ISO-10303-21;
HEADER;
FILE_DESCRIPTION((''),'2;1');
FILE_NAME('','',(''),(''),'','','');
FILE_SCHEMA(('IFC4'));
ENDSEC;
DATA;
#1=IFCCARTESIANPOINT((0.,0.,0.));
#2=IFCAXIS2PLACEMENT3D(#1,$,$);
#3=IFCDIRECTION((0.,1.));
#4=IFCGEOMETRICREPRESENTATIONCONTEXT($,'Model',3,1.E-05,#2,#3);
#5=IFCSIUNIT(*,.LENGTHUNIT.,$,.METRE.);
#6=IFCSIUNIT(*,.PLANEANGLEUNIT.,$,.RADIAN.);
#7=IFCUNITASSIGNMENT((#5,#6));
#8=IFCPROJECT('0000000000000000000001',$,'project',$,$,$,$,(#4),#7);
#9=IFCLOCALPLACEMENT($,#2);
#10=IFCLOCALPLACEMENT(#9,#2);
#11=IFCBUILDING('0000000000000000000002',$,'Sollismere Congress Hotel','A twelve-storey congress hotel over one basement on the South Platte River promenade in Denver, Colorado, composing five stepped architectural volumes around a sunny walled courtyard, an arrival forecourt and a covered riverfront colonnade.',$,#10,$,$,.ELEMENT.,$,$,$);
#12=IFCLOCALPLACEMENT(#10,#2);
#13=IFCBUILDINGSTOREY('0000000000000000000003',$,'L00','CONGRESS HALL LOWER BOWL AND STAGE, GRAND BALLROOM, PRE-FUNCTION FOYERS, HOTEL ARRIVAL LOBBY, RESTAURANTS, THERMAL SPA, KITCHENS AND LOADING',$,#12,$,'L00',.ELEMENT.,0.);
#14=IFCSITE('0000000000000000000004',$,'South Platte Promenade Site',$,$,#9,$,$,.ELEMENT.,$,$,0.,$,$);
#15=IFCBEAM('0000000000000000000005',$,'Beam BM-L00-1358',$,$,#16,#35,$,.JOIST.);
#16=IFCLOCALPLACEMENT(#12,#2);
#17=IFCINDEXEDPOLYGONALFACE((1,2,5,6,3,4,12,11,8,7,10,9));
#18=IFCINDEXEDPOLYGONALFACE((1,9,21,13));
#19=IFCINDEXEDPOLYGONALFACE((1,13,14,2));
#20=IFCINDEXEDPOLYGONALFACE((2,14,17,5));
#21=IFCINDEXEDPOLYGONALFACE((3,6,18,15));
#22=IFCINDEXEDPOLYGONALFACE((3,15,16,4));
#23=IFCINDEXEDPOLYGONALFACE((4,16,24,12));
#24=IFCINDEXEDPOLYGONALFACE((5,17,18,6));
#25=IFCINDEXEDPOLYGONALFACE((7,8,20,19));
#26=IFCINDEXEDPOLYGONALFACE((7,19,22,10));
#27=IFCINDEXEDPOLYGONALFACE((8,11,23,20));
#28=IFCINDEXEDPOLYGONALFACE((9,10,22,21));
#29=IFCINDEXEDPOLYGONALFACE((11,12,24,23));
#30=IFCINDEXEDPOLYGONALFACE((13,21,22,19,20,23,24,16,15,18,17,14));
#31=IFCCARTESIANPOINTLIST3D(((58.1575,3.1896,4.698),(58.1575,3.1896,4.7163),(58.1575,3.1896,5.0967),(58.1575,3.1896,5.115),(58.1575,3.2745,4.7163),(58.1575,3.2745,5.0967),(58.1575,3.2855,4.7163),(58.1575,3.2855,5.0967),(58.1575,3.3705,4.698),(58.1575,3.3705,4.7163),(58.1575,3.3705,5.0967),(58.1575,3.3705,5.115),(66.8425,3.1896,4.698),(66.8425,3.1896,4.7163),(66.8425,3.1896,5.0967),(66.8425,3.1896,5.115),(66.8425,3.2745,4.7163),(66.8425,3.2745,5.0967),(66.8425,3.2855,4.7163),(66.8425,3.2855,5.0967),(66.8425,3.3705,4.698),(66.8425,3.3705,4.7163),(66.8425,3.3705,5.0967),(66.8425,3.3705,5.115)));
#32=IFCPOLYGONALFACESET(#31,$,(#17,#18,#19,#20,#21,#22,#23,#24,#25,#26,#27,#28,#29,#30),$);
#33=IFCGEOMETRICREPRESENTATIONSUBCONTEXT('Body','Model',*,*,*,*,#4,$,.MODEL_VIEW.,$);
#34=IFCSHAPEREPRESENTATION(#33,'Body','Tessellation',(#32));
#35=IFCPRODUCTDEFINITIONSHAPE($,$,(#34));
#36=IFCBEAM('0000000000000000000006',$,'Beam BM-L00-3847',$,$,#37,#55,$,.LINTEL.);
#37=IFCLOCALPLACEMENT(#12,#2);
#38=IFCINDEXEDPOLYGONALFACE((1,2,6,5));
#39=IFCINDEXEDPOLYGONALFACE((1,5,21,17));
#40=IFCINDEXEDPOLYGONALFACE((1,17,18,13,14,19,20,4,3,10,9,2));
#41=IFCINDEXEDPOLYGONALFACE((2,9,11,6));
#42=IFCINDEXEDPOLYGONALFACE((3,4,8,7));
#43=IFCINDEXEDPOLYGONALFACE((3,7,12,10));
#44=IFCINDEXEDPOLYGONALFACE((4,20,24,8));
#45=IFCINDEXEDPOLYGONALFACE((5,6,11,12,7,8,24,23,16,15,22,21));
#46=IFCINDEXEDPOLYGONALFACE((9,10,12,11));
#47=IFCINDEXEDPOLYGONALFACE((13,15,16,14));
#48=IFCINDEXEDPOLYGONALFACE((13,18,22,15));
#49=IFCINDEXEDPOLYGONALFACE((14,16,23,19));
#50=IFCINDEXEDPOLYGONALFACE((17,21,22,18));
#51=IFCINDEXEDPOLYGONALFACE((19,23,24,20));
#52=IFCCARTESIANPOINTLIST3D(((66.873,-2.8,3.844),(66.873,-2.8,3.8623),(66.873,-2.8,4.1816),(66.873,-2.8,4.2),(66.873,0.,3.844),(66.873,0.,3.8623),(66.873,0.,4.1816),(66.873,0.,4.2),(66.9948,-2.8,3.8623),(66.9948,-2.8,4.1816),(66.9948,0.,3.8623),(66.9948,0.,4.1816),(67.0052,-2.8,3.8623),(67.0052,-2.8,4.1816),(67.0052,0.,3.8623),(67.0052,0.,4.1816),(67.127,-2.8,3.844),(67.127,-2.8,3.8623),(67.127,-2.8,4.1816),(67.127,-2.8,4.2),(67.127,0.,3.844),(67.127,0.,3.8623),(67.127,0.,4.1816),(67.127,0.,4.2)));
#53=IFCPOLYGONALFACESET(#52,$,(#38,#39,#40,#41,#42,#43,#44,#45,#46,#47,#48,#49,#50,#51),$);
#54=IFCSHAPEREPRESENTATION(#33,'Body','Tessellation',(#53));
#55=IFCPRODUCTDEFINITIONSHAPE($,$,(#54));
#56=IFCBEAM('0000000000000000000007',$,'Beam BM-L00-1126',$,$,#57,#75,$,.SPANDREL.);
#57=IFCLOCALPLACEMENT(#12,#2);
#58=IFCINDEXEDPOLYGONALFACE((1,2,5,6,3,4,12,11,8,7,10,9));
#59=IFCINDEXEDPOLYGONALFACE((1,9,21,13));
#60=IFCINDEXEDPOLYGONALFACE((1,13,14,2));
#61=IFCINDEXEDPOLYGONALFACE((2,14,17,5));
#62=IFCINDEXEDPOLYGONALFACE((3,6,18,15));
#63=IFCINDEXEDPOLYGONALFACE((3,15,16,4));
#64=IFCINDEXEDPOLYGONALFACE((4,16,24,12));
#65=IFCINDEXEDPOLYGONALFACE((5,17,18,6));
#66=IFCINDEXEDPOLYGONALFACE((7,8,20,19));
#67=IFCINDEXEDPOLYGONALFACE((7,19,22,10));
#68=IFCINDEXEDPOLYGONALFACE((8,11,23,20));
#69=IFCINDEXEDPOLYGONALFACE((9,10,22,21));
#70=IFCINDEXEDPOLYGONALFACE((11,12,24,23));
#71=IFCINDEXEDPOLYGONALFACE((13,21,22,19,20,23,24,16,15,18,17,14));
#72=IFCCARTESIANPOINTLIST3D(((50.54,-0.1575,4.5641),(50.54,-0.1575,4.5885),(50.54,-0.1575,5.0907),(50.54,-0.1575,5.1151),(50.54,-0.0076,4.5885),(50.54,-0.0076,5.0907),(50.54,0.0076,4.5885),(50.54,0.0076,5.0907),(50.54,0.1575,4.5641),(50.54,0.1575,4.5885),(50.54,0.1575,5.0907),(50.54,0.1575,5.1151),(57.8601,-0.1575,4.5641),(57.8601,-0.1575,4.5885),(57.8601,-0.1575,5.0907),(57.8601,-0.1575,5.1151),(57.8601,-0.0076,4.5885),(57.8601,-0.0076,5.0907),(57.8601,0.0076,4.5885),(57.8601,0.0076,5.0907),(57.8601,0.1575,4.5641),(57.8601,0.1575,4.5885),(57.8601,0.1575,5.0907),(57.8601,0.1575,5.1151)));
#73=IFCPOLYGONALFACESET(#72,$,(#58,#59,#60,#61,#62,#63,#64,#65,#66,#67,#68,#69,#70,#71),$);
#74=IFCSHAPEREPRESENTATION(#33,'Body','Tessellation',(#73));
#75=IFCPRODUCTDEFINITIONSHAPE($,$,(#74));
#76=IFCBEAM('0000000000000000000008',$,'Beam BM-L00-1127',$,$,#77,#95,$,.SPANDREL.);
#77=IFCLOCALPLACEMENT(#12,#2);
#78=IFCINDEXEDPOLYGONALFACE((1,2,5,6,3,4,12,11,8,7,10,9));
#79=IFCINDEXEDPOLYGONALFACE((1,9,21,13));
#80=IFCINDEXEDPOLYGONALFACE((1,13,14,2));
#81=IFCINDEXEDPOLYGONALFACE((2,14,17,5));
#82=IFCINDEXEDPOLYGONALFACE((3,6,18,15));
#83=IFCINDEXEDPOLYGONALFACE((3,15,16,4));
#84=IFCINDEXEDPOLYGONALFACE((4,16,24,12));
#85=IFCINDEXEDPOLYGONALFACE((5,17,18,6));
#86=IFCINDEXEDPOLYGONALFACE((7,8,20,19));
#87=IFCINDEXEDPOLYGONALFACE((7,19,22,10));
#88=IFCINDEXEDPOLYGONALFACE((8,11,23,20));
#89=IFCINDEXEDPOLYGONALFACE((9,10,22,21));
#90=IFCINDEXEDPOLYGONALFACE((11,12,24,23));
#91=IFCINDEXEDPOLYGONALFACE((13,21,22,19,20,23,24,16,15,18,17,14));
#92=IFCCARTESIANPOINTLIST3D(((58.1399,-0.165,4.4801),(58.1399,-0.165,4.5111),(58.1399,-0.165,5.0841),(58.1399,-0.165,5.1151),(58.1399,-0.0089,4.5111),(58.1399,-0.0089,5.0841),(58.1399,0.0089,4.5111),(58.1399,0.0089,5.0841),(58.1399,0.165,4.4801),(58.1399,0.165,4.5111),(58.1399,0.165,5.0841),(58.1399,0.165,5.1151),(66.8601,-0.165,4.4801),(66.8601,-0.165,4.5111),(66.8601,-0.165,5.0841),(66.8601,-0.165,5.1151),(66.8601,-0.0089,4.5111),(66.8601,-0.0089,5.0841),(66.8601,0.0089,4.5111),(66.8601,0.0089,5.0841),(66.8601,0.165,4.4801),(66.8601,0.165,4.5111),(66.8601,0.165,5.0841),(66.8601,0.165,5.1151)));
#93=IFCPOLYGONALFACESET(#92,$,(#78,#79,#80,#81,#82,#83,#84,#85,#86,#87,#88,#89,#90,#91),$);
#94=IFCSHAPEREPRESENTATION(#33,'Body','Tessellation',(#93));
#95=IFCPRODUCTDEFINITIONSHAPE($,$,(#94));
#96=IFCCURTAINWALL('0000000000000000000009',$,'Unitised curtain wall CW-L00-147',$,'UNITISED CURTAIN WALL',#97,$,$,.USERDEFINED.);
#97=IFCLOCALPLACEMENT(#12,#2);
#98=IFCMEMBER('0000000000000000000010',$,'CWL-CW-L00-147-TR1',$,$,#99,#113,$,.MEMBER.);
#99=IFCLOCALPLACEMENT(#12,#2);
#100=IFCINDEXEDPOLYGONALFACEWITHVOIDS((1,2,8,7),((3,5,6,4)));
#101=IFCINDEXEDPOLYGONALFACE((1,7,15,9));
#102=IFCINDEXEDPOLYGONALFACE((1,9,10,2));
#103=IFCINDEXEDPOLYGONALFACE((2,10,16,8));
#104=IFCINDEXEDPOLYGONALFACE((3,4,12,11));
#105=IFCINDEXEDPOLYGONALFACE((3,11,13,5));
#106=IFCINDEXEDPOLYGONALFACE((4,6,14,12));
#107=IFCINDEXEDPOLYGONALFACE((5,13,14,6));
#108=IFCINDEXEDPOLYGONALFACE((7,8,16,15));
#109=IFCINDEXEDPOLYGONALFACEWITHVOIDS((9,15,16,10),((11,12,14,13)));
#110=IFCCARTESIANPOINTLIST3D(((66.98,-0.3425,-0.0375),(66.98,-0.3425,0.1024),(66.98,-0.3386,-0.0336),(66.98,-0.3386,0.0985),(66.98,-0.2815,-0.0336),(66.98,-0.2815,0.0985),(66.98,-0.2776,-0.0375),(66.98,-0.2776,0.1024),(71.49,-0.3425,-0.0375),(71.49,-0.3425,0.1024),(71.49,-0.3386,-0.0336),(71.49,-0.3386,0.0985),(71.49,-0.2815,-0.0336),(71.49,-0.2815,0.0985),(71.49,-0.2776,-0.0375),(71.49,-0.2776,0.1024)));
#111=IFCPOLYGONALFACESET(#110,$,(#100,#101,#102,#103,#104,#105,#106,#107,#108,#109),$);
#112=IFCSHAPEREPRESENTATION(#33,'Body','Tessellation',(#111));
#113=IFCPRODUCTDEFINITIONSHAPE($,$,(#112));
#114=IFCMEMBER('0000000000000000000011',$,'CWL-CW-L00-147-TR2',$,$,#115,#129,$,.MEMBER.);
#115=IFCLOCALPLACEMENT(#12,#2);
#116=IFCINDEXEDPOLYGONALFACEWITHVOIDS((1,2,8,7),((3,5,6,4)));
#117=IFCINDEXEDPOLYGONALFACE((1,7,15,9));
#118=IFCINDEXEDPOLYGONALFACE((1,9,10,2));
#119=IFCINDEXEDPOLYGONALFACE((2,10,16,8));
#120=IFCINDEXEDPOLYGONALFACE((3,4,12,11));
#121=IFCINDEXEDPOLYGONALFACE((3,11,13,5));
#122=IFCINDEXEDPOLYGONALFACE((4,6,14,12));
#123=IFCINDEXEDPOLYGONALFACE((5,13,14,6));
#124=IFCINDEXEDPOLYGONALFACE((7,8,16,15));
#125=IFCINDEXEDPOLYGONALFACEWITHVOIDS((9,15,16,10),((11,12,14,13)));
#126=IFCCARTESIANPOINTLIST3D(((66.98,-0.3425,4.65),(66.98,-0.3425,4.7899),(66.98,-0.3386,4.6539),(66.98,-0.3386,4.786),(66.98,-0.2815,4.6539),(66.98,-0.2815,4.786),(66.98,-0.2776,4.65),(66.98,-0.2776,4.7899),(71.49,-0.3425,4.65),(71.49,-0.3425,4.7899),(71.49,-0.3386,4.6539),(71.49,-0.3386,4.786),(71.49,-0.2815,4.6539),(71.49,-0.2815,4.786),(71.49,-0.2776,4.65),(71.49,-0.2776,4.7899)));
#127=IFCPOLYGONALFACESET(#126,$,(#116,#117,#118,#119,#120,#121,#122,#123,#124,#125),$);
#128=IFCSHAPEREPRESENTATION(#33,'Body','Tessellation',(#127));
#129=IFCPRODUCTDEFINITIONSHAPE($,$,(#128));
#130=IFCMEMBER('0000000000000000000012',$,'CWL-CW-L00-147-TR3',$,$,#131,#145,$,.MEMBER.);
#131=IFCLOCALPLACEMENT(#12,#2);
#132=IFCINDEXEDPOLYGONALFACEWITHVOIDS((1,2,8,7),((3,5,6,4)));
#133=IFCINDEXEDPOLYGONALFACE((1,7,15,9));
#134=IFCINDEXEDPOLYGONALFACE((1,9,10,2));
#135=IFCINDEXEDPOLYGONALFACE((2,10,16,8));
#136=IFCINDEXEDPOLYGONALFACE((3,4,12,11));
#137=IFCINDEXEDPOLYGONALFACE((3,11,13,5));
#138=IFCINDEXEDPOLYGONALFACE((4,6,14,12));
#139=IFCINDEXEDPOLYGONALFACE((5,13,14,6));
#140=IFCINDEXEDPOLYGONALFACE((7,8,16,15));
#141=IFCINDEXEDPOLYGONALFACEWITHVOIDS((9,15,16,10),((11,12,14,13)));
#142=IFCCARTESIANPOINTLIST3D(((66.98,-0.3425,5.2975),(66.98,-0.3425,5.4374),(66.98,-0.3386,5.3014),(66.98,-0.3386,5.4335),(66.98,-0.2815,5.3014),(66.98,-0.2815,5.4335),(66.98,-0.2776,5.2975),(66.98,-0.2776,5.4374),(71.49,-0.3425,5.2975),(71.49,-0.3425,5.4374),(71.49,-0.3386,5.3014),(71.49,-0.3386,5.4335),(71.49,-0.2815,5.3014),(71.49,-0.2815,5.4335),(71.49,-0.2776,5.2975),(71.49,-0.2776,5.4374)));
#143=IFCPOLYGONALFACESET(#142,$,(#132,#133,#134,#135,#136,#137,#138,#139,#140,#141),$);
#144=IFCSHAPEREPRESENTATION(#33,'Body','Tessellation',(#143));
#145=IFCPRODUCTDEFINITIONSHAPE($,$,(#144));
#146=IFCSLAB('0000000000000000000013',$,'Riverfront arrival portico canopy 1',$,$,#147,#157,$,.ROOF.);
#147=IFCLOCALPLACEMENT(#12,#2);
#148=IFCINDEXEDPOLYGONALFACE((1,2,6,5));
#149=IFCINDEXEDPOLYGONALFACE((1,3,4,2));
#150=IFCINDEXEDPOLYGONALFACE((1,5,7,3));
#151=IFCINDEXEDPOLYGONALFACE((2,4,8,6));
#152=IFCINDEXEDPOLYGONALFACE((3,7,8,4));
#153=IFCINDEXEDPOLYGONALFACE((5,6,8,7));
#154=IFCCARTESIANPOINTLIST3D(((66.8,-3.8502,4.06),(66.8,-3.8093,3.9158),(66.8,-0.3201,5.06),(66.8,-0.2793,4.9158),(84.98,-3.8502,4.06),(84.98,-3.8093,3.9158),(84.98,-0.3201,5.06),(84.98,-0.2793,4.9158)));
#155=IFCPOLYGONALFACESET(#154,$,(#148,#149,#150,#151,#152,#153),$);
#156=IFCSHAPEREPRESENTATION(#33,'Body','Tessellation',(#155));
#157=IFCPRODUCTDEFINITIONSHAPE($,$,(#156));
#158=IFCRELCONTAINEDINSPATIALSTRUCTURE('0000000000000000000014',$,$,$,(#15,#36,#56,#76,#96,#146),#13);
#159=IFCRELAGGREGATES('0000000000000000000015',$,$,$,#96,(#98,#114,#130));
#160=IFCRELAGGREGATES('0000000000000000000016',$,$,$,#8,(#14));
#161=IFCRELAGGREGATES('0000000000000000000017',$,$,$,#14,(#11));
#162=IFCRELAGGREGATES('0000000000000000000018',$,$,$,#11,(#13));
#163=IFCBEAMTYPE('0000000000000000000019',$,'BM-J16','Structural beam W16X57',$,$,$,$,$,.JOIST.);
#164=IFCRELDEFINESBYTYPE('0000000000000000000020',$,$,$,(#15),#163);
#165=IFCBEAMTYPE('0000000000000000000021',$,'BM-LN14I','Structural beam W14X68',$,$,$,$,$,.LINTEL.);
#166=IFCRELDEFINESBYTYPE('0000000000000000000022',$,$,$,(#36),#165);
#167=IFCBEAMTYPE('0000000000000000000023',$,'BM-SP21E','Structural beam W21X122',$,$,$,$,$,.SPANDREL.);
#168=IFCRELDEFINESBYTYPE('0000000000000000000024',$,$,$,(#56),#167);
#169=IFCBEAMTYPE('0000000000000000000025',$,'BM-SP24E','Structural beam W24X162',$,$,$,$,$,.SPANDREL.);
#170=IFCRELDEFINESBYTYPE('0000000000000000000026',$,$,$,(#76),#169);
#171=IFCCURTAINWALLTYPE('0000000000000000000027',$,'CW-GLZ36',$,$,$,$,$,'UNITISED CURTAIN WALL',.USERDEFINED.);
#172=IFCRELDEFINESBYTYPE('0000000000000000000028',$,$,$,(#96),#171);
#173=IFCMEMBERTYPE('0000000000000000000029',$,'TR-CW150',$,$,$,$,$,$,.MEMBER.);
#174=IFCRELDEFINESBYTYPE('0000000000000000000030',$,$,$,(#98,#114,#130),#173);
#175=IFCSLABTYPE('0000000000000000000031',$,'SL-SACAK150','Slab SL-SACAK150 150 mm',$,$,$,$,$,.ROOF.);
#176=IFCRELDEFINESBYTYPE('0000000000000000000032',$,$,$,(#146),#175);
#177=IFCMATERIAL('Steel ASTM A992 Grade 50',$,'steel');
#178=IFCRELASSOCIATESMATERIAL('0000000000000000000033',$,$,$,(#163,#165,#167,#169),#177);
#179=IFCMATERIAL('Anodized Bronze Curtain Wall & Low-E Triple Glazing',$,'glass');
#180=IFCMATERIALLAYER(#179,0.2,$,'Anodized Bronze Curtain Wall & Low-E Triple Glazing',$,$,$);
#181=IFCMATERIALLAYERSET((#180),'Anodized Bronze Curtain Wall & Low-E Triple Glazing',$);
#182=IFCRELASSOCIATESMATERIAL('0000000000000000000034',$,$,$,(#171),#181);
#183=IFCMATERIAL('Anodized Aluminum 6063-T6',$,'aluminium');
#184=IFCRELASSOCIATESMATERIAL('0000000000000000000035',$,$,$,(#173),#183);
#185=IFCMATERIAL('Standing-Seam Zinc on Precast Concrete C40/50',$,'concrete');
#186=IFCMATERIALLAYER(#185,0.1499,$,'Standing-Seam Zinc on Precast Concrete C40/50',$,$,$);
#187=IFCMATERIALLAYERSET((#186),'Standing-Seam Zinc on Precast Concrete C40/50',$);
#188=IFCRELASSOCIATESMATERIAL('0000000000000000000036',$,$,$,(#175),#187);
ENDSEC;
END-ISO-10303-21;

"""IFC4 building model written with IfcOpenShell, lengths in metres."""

from ifc_helpers import new_model, si_unit, direction, frame, origin, origin_2d, place, context, subcontext, project, spatial, polyline, hollow_rectangle, i_section, outline, extrude, material, layer, layer_set, material_profile, profile_set, type_object, element, aggregate, save


model = new_model("IFC4")

# Units and contexts
model_context = context("Model", 3, precision=1e-05, world=origin(), true_north=direction((0.0, 1.0)))
body_context = subcontext(model_context, "Body", "Model", "MODEL_VIEW")
ifc_project = project(units=[si_unit("LENGTHUNIT", "METRE"), si_unit("PLANEANGLEUNIT", "RADIAN")], contexts=[model_context])

# Site, building, storey
site_placement = place(None, origin())
site = spatial("IfcSite", under=ifc_project, at=site_placement, Name="South Platte Promenade Site", CompositionType="ELEMENT", RefElevation=0.0)
building_placement = place(site_placement, origin())
building = spatial("IfcBuilding", under=site, at=building_placement, Name="Sollismere Congress Hotel", Description="A twelve-storey congress hotel over one basement on the South Platte River promenade in Denver, Colorado, composing five stepped architectural volumes around a sunny walled courtyard, an arrival forecourt and a covered riverfront colonnade.", CompositionType="ELEMENT")
storey_placement = place(building_placement, origin())
storey = spatial("IfcBuildingStorey", under=building, at=storey_placement, Name="L00", Description="CONGRESS HALL LOWER BOWL AND STAGE, GRAND BALLROOM, PRE-FUNCTION FOYERS, HOTEL ARRIVAL LOBBY, RESTAURANTS, THERMAL SPA, KITCHENS AND LOADING", LongName="L00", CompositionType="ELEMENT", Elevation=0.0)

# Shared definitions
ifc_material_1 = material(Name="Steel ASTM A992 Grade 50", Category="steel")

# Beams
ifc_material_profile_1 = material_profile(ifc_material_1, i_section(OverallWidth=0.1809, OverallDepth=0.417, WebThickness=0.011, FlangeThickness=0.0183, at=origin_2d()), Name="W16X57")
ifc_profile_set_1 = profile_set([ifc_material_profile_1], Name="Steel ASTM A992 Grade 50")
beam_type_1 = type_object("IfcBeamType", Name="BM-J16", Description="Structural beam W16X57", PredefinedType="JOIST", material=ifc_profile_set_1)
for number, where, z_axis, x_axis, name in (
    (1, (58.1575, 3.28, 4.9065), (1.0, 0.0, 0.0), (0.0, 1.0, 0.0), "Beam BM-L00-1358"),
):
    element("IfcBeam", number, at=place(storey_placement, frame(where, z_axis=z_axis, x_axis=x_axis)), inside=storey, type_object=beam_type_1, Name=name, PredefinedType="JOIST", context=body_context, shape_type="SweptSolid", body=[
        extrude(i_section(OverallWidth=0.1809, OverallDepth=0.417, WebThickness=0.011, FlangeThickness=0.0183, at=origin_2d()), origin(), (0.0, 0.0, 1.0), 8.6851),
    ])
ifc_material_profile_2 = material_profile(ifc_material_1, i_section(OverallWidth=0.2539, OverallDepth=0.356, WebThickness=0.0105, FlangeThickness=0.0183, at=origin_2d()), Name="W14X68")
ifc_profile_set_2 = profile_set([ifc_material_profile_2], Name="Steel ASTM A992 Grade 50")
beam_type_2 = type_object("IfcBeamType", Name="BM-LN14I", Description="Structural beam W14X68", PredefinedType="LINTEL", material=ifc_profile_set_2)
beam_1_placement = place(storey_placement, frame((67.0, -2.8, 4.022), z_axis=(0.0, 1.0, 0.0), x_axis=(-1.0, 0.0, 0.0)))
element("IfcBeam", 2, at=beam_1_placement, inside=storey, type_object=beam_type_2, Name="Beam BM-L00-3847", PredefinedType="LINTEL", context=body_context, shape_type="SweptSolid", body=[
    extrude(i_section(OverallWidth=0.2539, OverallDepth=0.356, WebThickness=0.0105, FlangeThickness=0.0183, at=origin_2d()), origin(), (0.0, 0.0, 1.0), 2.8),
])
ifc_material_profile_3 = material_profile(ifc_material_1, i_section(OverallWidth=0.3149, OverallDepth=0.551, WebThickness=0.0151, FlangeThickness=0.0244, at=origin_2d()), Name="W21X122")
ifc_profile_set_3 = profile_set([ifc_material_profile_3], Name="Steel ASTM A992 Grade 50")
beam_type_3 = type_object("IfcBeamType", Name="BM-SP21E", Description="Structural beam W21X122", PredefinedType="SPANDREL", material=ifc_profile_set_3)
beam_2_placement = place(storey_placement, frame((50.54, 0.0, 4.8396), z_axis=(1.0, 0.0, 0.0), x_axis=(0.0, 1.0, 0.0)))
element("IfcBeam", 3, at=beam_2_placement, inside=storey, type_object=beam_type_3, Name="Beam BM-L00-1126", PredefinedType="SPANDREL", context=body_context, shape_type="SweptSolid", body=[
    extrude(i_section(OverallWidth=0.3149, OverallDepth=0.551, WebThickness=0.0151, FlangeThickness=0.0244, at=origin_2d()), origin(), (0.0, 0.0, 1.0), 7.3201),
])
ifc_material_profile_4 = material_profile(ifc_material_1, i_section(OverallWidth=0.3301, OverallDepth=0.635, WebThickness=0.0178, FlangeThickness=0.031, at=origin_2d()), Name="W24X162")
ifc_profile_set_4 = profile_set([ifc_material_profile_4], Name="Steel ASTM A992 Grade 50")
beam_type_4 = type_object("IfcBeamType", Name="BM-SP24E", Description="Structural beam W24X162", PredefinedType="SPANDREL", material=ifc_profile_set_4)
beam_3_placement = place(storey_placement, frame((58.1399, 0.0, 4.7976), z_axis=(1.0, 0.0, 0.0), x_axis=(0.0, 1.0, 0.0)))
element("IfcBeam", 4, at=beam_3_placement, inside=storey, type_object=beam_type_4, Name="Beam BM-L00-1127", PredefinedType="SPANDREL", context=body_context, shape_type="SweptSolid", body=[
    extrude(i_section(OverallWidth=0.3301, OverallDepth=0.635, WebThickness=0.0178, FlangeThickness=0.031, at=origin_2d()), origin(), (0.0, 0.0, 1.0), 8.7202),
])

# Curtain wall, members
ifc_material_2 = material(Name="Anodized Bronze Curtain Wall & Low-E Triple Glazing", Category="glass")
ifc_layer_1 = layer(ifc_material_2, 0.2, Name="Anodized Bronze Curtain Wall & Low-E Triple Glazing")
ifc_layer_set_1 = layer_set([ifc_layer_1], Name="Anodized Bronze Curtain Wall & Low-E Triple Glazing")
curtain_wall_type = type_object("IfcCurtainWallType", Name="CW-GLZ36", ElementType="UNITISED CURTAIN WALL", PredefinedType="USERDEFINED", material=ifc_layer_set_1)
curtain_wall_placement = place(storey_placement, origin())
curtain_wall = element("IfcCurtainWall", 5, at=curtain_wall_placement, inside=storey, type_object=curtain_wall_type, Name="Unitised curtain wall CW-L00-147", ObjectType="UNITISED CURTAIN WALL", PredefinedType="USERDEFINED")
ifc_material_3 = material(Name="Anodized Aluminum 6063-T6", Category="aluminium")
ifc_material_profile_5 = material_profile(ifc_material_3, hollow_rectangle(XDim=0.0649, YDim=0.1399, WallThickness=0.0039, at=origin_2d()), Name="ALU140X65X4")
ifc_profile_set_5 = profile_set([ifc_material_profile_5], Name="Anodized Aluminum 6063-T6")
member_type = type_object("IfcMemberType", Name="TR-CW150", PredefinedType="MEMBER", material=ifc_profile_set_5)
member_1_placement = place(storey_placement, frame((66.98, -0.3101, 0.0325), z_axis=(1.0, 0.0, 0.0), x_axis=(0.0, 1.0, 0.0)))
member_1 = element("IfcMember", 6, at=member_1_placement, type_object=member_type, Name="CWL-CW-L00-147-TR1", PredefinedType="MEMBER", context=body_context, shape_type="SweptSolid", body=[
    extrude(hollow_rectangle(XDim=0.0649, YDim=0.1399, WallThickness=0.0039, at=origin_2d()), origin(), (0.0, 0.0, 1.0), 4.51),
])
member_2_placement = place(storey_placement, frame((66.98, -0.3101, 4.72), z_axis=(1.0, 0.0, 0.0), x_axis=(0.0, 1.0, 0.0)))
member_2 = element("IfcMember", 7, at=member_2_placement, type_object=member_type, Name="CWL-CW-L00-147-TR2", PredefinedType="MEMBER", context=body_context, shape_type="SweptSolid", body=[
    extrude(hollow_rectangle(XDim=0.0649, YDim=0.1399, WallThickness=0.0039, at=origin_2d()), origin(), (0.0, 0.0, 1.0), 4.51),
])
member_3_placement = place(storey_placement, frame((66.98, -0.3101, 5.3674), z_axis=(1.0, 0.0, 0.0), x_axis=(0.0, 1.0, 0.0)))
member_3 = element("IfcMember", 8, at=member_3_placement, type_object=member_type, Name="CWL-CW-L00-147-TR3", PredefinedType="MEMBER", context=body_context, shape_type="SweptSolid", body=[
    extrude(hollow_rectangle(XDim=0.0649, YDim=0.1399, WallThickness=0.0039, at=origin_2d()), origin(), (0.0, 0.0, 1.0), 4.51),
])
aggregate(curtain_wall, [member_1, member_2, member_3])

# Slab
ifc_material_4 = material(Name="Standing-Seam Zinc on Precast Concrete C40/50", Category="concrete")
ifc_layer_2 = layer(ifc_material_4, 0.1499, Name="Standing-Seam Zinc on Precast Concrete C40/50")
ifc_layer_set_2 = layer_set([ifc_layer_2], Name="Standing-Seam Zinc on Precast Concrete C40/50")
slab_type = type_object("IfcSlabType", Name="SL-SACAK150", Description="Slab SL-SACAK150 150 mm", PredefinedType="ROOF", material=ifc_layer_set_2)
slab_placement = place(storey_placement, frame((66.8, -3.8093, 3.9158), z_axis=(0.0, -0.272558, 0.962139), x_axis=(1.0, 0.0, 0.0)))
element("IfcSlab", 9, at=slab_placement, inside=storey, type_object=slab_type, Name="Riverfront arrival portico canopy 1", PredefinedType="ROOF", context=body_context, shape_type="SweptSolid", body=[
    extrude(outline(polyline([(0.0, 0.0), (18.1799, 0.0), (18.1799, 3.6689), (0.0, 3.6689), (0.0, 0.0)])), origin(), (0.0, 0.0, 1.0), 0.1499),
])

save(model, "model.ifc")
